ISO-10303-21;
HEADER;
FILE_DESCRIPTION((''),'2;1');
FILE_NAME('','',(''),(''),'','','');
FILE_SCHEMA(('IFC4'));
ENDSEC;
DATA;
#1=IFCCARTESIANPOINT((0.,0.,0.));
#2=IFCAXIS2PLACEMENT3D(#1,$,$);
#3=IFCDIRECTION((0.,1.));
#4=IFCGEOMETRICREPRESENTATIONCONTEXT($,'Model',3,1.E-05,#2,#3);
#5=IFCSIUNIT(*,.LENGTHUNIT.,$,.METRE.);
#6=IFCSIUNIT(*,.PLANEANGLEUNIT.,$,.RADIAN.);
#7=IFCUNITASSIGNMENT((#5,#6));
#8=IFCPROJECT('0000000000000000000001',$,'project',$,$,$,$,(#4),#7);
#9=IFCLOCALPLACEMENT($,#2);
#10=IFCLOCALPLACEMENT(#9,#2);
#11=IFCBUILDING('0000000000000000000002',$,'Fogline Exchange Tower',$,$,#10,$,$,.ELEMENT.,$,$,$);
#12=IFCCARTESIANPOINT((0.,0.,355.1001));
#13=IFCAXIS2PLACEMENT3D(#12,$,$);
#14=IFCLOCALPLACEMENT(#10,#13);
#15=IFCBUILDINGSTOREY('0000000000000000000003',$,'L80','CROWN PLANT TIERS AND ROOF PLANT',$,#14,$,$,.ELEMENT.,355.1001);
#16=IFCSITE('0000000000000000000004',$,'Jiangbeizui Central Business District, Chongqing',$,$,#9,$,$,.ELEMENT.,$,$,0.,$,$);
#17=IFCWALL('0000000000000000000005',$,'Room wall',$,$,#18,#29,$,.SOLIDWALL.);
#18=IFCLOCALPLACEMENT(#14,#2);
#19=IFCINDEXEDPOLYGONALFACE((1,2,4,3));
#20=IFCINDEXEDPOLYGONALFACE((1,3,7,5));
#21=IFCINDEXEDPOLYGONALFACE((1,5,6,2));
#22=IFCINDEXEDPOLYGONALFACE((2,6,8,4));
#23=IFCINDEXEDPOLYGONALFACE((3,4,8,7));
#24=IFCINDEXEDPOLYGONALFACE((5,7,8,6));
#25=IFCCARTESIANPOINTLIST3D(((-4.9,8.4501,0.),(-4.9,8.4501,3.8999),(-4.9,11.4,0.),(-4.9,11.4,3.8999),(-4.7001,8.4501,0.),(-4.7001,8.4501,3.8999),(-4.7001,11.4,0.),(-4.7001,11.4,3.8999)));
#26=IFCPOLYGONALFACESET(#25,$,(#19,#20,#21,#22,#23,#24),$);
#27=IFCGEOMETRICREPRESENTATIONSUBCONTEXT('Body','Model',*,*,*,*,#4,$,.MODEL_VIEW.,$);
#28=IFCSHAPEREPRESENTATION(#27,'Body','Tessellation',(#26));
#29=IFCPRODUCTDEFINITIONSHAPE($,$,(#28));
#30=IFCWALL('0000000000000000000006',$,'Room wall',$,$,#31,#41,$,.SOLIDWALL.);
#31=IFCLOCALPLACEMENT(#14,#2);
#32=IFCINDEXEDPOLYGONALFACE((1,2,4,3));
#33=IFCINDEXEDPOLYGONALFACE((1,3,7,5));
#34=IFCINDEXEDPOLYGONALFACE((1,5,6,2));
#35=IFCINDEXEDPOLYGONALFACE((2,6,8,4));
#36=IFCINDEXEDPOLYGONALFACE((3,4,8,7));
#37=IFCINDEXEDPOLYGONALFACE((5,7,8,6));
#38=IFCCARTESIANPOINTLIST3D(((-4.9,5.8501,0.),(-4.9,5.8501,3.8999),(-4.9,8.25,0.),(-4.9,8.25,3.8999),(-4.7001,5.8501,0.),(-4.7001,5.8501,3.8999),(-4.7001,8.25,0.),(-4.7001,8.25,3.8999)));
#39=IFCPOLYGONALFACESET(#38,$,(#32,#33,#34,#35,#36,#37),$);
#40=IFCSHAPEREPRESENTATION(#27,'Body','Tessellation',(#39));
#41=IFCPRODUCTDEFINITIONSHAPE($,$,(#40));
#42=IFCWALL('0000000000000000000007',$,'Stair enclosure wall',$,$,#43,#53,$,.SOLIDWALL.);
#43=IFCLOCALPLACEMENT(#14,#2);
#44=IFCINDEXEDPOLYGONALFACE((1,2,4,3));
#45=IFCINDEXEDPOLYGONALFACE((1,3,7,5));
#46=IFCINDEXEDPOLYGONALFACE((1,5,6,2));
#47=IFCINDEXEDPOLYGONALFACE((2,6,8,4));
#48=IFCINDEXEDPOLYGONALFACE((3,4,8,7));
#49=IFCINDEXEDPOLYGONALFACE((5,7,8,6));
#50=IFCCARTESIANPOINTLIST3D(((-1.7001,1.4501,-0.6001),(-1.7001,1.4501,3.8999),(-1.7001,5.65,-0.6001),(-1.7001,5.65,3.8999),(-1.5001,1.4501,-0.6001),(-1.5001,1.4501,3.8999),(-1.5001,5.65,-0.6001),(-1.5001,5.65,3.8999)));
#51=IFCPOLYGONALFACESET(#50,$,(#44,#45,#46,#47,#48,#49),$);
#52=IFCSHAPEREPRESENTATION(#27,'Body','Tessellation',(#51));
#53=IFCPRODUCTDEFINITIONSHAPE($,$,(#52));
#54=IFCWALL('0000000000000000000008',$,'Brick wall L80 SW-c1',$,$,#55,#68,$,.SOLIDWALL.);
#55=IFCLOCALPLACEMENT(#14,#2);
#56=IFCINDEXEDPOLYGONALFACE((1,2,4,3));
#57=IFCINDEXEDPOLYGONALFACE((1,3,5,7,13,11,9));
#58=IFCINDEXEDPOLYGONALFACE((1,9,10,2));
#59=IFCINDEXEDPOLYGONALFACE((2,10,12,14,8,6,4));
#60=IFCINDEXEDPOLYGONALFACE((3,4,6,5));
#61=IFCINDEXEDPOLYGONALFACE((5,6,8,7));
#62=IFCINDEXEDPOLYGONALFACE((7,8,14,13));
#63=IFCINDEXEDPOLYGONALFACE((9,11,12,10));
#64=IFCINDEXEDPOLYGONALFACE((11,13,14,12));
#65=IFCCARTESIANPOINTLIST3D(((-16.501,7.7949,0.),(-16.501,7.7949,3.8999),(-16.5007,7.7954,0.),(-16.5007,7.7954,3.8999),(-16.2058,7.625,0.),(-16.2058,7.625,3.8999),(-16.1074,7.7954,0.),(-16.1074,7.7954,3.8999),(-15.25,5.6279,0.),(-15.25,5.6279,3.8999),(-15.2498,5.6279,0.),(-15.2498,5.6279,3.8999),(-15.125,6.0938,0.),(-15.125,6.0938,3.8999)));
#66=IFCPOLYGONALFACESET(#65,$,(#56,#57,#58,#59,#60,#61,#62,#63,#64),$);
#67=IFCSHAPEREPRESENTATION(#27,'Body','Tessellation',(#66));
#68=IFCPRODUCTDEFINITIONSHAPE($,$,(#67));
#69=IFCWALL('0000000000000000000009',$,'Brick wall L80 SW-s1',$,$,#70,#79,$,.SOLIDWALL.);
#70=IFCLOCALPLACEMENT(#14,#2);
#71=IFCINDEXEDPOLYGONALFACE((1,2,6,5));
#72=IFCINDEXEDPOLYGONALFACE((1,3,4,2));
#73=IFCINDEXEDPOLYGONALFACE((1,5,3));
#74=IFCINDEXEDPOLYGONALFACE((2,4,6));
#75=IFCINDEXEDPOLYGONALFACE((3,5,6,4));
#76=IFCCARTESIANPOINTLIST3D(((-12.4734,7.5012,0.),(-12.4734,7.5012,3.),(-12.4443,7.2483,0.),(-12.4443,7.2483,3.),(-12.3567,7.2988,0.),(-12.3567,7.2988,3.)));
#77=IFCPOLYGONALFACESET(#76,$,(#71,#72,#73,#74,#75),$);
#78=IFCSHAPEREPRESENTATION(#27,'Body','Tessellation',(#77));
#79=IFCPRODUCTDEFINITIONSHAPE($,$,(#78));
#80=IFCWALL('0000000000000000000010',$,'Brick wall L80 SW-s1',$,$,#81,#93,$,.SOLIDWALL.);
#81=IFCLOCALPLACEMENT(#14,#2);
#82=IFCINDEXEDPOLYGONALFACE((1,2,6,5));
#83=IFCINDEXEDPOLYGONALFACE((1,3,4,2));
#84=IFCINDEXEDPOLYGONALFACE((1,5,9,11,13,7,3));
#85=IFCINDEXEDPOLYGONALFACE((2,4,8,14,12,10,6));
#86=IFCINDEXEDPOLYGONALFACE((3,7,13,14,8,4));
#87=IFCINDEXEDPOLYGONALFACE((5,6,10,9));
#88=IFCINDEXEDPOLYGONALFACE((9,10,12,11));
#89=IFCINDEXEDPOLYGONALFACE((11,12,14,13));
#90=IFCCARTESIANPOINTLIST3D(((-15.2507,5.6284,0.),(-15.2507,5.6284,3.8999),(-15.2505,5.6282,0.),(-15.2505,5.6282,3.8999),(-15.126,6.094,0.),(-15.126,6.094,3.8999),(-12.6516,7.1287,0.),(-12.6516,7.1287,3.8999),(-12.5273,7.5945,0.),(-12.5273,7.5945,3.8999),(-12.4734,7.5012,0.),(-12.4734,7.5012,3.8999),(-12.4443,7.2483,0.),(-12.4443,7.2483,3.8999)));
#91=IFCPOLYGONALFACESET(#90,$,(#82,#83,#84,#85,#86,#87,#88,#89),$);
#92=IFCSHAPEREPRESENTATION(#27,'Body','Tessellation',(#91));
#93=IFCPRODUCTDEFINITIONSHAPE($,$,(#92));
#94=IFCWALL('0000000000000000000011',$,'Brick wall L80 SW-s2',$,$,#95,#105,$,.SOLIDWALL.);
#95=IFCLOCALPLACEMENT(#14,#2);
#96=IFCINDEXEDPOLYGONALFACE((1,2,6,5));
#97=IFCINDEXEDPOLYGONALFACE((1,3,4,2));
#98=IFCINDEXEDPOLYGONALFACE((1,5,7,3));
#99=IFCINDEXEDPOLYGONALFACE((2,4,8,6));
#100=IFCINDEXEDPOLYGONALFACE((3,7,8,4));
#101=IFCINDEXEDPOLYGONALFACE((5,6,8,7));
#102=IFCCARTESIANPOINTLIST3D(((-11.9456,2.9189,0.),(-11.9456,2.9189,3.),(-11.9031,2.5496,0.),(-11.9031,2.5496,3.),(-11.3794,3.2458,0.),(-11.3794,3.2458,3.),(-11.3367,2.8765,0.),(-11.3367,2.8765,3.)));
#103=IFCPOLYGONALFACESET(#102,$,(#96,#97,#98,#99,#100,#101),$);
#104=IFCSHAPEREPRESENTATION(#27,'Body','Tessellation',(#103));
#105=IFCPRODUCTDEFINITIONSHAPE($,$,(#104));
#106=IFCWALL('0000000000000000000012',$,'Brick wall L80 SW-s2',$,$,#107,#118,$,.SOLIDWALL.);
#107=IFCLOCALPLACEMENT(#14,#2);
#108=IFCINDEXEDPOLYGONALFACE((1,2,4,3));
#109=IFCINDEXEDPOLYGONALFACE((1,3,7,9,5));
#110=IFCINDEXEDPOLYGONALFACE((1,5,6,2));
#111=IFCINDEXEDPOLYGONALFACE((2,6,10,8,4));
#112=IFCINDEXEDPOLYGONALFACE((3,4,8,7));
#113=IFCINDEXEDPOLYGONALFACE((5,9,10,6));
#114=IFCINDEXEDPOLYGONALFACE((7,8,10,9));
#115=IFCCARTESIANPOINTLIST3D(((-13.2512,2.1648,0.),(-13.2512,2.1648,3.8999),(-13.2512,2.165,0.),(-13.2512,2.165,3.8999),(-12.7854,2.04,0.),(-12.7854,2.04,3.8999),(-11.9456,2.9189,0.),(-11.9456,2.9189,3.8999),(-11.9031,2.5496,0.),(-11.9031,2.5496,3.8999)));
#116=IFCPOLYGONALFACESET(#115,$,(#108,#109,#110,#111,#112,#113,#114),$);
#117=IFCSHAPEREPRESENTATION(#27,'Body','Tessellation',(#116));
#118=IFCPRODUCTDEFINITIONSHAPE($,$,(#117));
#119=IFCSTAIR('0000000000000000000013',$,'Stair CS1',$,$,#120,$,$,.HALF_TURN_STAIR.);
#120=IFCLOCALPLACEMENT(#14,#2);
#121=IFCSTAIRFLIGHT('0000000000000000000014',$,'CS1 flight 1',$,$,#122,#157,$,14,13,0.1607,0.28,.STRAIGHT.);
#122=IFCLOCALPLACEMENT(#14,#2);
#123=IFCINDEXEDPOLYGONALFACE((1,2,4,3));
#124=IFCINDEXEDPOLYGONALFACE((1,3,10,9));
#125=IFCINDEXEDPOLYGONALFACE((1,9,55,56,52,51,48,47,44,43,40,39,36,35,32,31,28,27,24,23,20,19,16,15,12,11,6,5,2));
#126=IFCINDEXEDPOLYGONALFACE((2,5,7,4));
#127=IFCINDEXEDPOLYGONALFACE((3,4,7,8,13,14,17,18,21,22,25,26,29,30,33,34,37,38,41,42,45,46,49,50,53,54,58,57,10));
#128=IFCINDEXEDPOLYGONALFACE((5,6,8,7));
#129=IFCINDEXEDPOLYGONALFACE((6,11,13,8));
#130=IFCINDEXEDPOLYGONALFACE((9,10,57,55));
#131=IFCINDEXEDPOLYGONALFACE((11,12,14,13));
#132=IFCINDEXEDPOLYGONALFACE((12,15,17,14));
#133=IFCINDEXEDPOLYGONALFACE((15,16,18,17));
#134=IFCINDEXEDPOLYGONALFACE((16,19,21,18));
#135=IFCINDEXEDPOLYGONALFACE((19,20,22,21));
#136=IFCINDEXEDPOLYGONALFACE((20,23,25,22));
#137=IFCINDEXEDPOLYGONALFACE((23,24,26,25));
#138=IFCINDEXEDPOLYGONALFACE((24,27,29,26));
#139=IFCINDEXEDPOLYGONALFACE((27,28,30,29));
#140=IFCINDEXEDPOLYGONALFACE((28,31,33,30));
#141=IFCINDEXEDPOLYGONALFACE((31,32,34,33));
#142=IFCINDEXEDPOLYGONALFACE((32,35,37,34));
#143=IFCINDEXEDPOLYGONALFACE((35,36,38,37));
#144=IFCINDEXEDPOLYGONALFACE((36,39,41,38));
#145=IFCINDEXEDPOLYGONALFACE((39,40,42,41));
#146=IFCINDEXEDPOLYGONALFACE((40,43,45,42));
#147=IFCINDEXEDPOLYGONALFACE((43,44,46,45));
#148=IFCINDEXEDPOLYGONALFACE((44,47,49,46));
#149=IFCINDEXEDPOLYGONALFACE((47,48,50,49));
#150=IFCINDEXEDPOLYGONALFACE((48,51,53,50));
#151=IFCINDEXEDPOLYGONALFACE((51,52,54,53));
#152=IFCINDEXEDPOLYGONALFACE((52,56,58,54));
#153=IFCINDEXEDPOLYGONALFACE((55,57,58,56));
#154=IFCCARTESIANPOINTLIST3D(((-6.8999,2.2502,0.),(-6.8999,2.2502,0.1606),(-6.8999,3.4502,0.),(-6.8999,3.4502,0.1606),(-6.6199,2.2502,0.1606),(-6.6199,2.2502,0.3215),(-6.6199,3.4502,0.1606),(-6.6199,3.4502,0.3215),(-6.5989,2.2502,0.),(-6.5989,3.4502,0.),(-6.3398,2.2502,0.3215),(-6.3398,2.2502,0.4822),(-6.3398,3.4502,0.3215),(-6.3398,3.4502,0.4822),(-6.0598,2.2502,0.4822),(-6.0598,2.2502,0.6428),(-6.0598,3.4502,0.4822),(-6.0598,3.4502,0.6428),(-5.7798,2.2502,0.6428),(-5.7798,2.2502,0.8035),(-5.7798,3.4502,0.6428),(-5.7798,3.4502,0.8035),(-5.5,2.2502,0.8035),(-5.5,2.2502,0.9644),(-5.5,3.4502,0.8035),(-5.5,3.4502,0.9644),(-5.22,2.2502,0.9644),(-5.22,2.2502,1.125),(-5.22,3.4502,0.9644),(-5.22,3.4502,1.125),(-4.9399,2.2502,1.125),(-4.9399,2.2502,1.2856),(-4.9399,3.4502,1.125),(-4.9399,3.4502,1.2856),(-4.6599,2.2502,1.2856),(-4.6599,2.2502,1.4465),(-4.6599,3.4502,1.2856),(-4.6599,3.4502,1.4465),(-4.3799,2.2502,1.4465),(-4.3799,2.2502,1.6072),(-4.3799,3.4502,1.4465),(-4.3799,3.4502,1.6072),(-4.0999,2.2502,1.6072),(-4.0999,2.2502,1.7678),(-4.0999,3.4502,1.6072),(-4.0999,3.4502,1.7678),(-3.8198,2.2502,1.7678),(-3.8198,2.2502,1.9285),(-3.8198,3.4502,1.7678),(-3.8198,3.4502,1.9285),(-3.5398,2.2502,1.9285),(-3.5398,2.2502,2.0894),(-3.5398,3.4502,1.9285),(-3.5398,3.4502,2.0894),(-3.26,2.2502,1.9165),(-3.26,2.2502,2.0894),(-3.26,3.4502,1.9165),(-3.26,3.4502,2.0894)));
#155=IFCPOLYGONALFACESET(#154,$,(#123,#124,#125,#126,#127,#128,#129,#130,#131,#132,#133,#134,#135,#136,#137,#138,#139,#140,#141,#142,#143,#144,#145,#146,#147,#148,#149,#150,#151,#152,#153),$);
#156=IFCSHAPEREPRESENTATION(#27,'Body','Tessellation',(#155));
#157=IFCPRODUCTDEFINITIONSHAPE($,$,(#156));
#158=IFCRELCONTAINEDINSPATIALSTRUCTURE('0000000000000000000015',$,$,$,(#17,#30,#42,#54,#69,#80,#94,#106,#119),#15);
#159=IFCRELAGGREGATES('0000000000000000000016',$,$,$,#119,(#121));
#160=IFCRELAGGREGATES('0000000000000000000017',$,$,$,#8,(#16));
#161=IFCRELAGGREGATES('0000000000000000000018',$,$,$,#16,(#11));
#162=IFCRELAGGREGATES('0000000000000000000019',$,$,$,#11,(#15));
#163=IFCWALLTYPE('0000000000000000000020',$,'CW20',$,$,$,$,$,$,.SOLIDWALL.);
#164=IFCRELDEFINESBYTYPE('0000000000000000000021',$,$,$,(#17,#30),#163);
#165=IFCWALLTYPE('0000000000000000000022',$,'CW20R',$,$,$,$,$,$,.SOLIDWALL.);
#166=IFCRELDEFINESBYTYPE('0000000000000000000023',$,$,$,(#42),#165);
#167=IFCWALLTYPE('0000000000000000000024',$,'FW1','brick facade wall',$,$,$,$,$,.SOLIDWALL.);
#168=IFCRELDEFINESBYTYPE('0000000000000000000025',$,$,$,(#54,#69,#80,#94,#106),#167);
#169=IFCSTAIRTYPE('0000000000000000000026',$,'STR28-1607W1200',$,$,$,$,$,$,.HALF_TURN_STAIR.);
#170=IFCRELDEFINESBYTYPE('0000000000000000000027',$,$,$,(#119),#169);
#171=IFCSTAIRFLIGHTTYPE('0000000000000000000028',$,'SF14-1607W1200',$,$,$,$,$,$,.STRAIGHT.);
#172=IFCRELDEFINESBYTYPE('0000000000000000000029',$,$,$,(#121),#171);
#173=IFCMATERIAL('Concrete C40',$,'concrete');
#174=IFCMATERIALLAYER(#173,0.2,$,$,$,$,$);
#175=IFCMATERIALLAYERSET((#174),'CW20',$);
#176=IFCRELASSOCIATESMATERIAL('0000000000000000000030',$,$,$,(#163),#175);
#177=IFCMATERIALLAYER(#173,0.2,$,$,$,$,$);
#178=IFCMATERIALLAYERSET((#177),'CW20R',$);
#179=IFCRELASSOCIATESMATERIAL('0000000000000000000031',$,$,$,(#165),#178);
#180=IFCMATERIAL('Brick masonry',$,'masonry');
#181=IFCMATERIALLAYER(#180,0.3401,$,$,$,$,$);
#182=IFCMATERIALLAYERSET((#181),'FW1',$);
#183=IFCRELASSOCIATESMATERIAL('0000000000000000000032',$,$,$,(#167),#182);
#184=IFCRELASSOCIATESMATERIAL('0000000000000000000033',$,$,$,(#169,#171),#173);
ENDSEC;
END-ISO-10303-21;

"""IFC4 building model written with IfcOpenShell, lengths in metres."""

from ifc_helpers import new_model, si_unit, direction, frame, frame_2d, origin, place, context, subcontext, project, spatial, polyline, rectangle, outline, extrude, material, layer, layer_set, type_object, element, aggregate, save


model = new_model("IFC4")

# Units and contexts
model_context = context("Model", 3, precision=1e-05, world=origin(), true_north=direction((0.0, 1.0)))
body_context = subcontext(model_context, "Body", "Model", "MODEL_VIEW")
ifc_project = project(units=[si_unit("LENGTHUNIT", "METRE"), si_unit("PLANEANGLEUNIT", "RADIAN")], contexts=[model_context])

# Site, building, storey
site_placement = place(None, origin())
site = spatial("IfcSite", under=ifc_project, at=site_placement, Name="Jiangbeizui Central Business District, Chongqing", CompositionType="ELEMENT", RefElevation=0.0)
building_placement = place(site_placement, origin())
building = spatial("IfcBuilding", under=site, at=building_placement, Name="Fogline Exchange Tower", CompositionType="ELEMENT")
storey_placement = place(building_placement, frame((0.0, 0.0, 355.1001)))
storey = spatial("IfcBuildingStorey", under=building, at=storey_placement, Name="L80", Description="CROWN PLANT TIERS AND ROOF PLANT", CompositionType="ELEMENT", Elevation=355.1001)

# Shared definitions
ifc_material_1 = material(Name="Concrete C40", Category="concrete")

# Shared definitions
ifc_layer_1 = layer(ifc_material_1, 0.2)
ifc_layer_set_1 = layer_set([ifc_layer_1], Name="CW20")
wall_type_1 = type_object("IfcWallType", Name="CW20", PredefinedType="SOLIDWALL", material=ifc_layer_set_1)

# Walls
wall_1_placement = place(storey_placement, frame((-4.8, 8.45, 0.0), z_axis=(0.0, 0.0, 1.0), x_axis=(0.0, 1.0, 0.0)))
element("IfcWall", 1, at=wall_1_placement, inside=storey, type_object=wall_type_1, Name="Room wall", PredefinedType="SOLIDWALL", context=body_context, shape_type="SweptSolid", body=[
    extrude(rectangle(XDim=2.95, YDim=0.2, at=frame_2d((1.4751, 0.0))), origin(), (0.0, 0.0, 1.0), 3.8999),
])
wall_2_placement = place(storey_placement, frame((-4.8, 5.8501, 0.0), z_axis=(0.0, 0.0, 1.0), x_axis=(0.0, 1.0, 0.0)))
element("IfcWall", 2, at=wall_2_placement, inside=storey, type_object=wall_type_1, Name="Room wall", PredefinedType="SOLIDWALL", context=body_context, shape_type="SweptSolid", body=[
    extrude(rectangle(XDim=2.3999, YDim=0.2, at=frame_2d((1.2, 0.0))), origin(), (0.0, 0.0, 1.0), 3.8999),
])
ifc_layer_2 = layer(ifc_material_1, 0.2)
ifc_layer_set_2 = layer_set([ifc_layer_2], Name="CW20R")
wall_type_2 = type_object("IfcWallType", Name="CW20R", PredefinedType="SOLIDWALL", material=ifc_layer_set_2)
wall_3_placement = place(storey_placement, frame((-1.6001, 1.45, -0.6001), z_axis=(0.0, 0.0, 1.0), x_axis=(0.0, 1.0, 0.0)))
element("IfcWall", 3, at=wall_3_placement, inside=storey, type_object=wall_type_2, Name="Stair enclosure wall", PredefinedType="SOLIDWALL", context=body_context, shape_type="SweptSolid", body=[
    extrude(rectangle(XDim=4.2, YDim=0.2, at=frame_2d((2.1001, 0.0))), origin(), (0.0, 0.0, 1.0), 4.5),
])
ifc_material_2 = material(Name="Brick masonry", Category="masonry")
ifc_layer_3 = layer(ifc_material_2, 0.3401)
ifc_layer_set_3 = layer_set([ifc_layer_3], Name="FW1")
wall_type_3 = type_object("IfcWallType", Name="FW1", Description="brick facade wall", PredefinedType="SOLIDWALL", material=ifc_layer_set_3)
wall_4_placement = place(storey_placement, origin())
element("IfcWall", 4, at=wall_4_placement, inside=storey, type_object=wall_type_3, Name="Brick wall L80 SW-c1", PredefinedType="SOLIDWALL", context=body_context, shape_type="SweptSolid", body=[
    extrude(outline(polyline([(-15.25, 5.6279), (-16.501, 7.7949), (-16.5007, 7.7954), (-16.2058, 7.625), (-16.1074, 7.7954), (-15.125, 6.0938), (-15.2498, 5.6279), (-15.25, 5.6279)])), origin(), (0.0, 0.0, 1.0), 3.8999),
])
wall_5_placement = place(storey_placement, origin())
element("IfcWall", 5, at=wall_5_placement, inside=storey, type_object=wall_type_3, Name="Brick wall L80 SW-s1", PredefinedType="SOLIDWALL", context=body_context, shape_type="SweptSolid", body=[
    extrude(outline(polyline([(-12.3567, 7.2988), (-12.4443, 7.2483), (-12.4734, 7.5012), (-12.3567, 7.2988)])), origin(), (0.0, 0.0, 1.0), 3.0),
])
wall_6_placement = place(storey_placement, origin())
element("IfcWall", 6, at=wall_6_placement, inside=storey, type_object=wall_type_3, Name="Brick wall L80 SW-s1", PredefinedType="SOLIDWALL", context=body_context, shape_type="SweptSolid", body=[
    extrude(outline(polyline([(-12.4734, 7.5012), (-12.4443, 7.2483), (-12.6516, 7.1287), (-15.2505, 5.6282), (-15.2507, 5.6284), (-15.126, 6.094), (-12.5273, 7.5945), (-12.4734, 7.5012)])), origin(), (0.0, 0.0, 1.0), 3.8999),
])
wall_7_placement = place(storey_placement, origin())
element("IfcWall", 7, at=wall_7_placement, inside=storey, type_object=wall_type_3, Name="Brick wall L80 SW-s2", PredefinedType="SOLIDWALL", context=body_context, shape_type="SweptSolid", body=[
    extrude(outline(polyline([(-11.3794, 3.2458), (-11.3367, 2.8765), (-11.9031, 2.5496), (-11.9456, 2.9189), (-11.3794, 3.2458)])), origin(), (0.0, 0.0, 1.0), 3.0),
])
wall_8_placement = place(storey_placement, origin())
element("IfcWall", 8, at=wall_8_placement, inside=storey, type_object=wall_type_3, Name="Brick wall L80 SW-s2", PredefinedType="SOLIDWALL", context=body_context, shape_type="SweptSolid", body=[
    extrude(outline(polyline([(-11.9456, 2.9189), (-11.9031, 2.5496), (-12.7854, 2.04), (-13.2512, 2.1648), (-13.2512, 2.165), (-11.9456, 2.9189)])), origin(), (0.0, 0.0, 1.0), 3.8999),
])

# Stair, stair flight
stair_type = type_object("IfcStairType", Name="STR28-1607W1200", PredefinedType="HALF_TURN_STAIR", material=ifc_material_1)
stair_placement = place(storey_placement, origin())
stair = element("IfcStair", 9, at=stair_placement, inside=storey, type_object=stair_type, Name="Stair CS1", PredefinedType="HALF_TURN_STAIR")
stair_flight_type = type_object("IfcStairFlightType", Name="SF14-1607W1200", PredefinedType="STRAIGHT", material=ifc_material_1)
stair_flight_1_placement = place(storey_placement, frame((-6.8999, 2.8501, 0.0), z_axis=(0.0, 0.0, 1.0), x_axis=(1.0, 0.0, 0.0)))
stair_flight_1 = element("IfcStairFlight", 10, at=stair_flight_1_placement, type_object=stair_flight_type, Name="CS1 flight 1", NumberOfRisers=14, NumberOfTreads=13, PredefinedType="STRAIGHT", RiserHeight=0.1607, TreadLength=0.28, context=body_context, shape_type="SweptSolid", body=[
    extrude(outline(polyline([(0.0, 0.0), (0.0, 0.1606), (0.28, 0.1606), (0.28, 0.3215), (0.5601, 0.3215), (0.5601, 0.4822), (0.8401, 0.4822), (0.8401, 0.6428), (1.1201, 0.6428), (1.1201, 0.8035), (1.3999, 0.8035), (1.3999, 0.9644), (1.6799, 0.9644), (1.6799, 1.125), (1.96, 1.125), (1.96, 1.2856), (2.24, 1.2856), (2.24, 1.4465), (2.52, 1.4465), (2.52, 1.6072), (2.8, 1.6072), (2.8, 1.7678), (3.0801, 1.7678), (3.0801, 1.9285), (3.3601, 1.9285), (3.3601, 2.0894), (3.6399, 2.0894), (3.6399, 2.25), (3.6399, 1.9165), (0.301, 0.0), (0.0, 0.0)])), frame((0.0, 0.6001, 0.0), z_axis=(0.0, -1.0, 0.0), x_axis=(1.0, 0.0, 0.0)), (0.0, 0.0, 1.0), 1.2),
])
aggregate(stair, [stair_flight_1])

save(model, "model.ifc")
